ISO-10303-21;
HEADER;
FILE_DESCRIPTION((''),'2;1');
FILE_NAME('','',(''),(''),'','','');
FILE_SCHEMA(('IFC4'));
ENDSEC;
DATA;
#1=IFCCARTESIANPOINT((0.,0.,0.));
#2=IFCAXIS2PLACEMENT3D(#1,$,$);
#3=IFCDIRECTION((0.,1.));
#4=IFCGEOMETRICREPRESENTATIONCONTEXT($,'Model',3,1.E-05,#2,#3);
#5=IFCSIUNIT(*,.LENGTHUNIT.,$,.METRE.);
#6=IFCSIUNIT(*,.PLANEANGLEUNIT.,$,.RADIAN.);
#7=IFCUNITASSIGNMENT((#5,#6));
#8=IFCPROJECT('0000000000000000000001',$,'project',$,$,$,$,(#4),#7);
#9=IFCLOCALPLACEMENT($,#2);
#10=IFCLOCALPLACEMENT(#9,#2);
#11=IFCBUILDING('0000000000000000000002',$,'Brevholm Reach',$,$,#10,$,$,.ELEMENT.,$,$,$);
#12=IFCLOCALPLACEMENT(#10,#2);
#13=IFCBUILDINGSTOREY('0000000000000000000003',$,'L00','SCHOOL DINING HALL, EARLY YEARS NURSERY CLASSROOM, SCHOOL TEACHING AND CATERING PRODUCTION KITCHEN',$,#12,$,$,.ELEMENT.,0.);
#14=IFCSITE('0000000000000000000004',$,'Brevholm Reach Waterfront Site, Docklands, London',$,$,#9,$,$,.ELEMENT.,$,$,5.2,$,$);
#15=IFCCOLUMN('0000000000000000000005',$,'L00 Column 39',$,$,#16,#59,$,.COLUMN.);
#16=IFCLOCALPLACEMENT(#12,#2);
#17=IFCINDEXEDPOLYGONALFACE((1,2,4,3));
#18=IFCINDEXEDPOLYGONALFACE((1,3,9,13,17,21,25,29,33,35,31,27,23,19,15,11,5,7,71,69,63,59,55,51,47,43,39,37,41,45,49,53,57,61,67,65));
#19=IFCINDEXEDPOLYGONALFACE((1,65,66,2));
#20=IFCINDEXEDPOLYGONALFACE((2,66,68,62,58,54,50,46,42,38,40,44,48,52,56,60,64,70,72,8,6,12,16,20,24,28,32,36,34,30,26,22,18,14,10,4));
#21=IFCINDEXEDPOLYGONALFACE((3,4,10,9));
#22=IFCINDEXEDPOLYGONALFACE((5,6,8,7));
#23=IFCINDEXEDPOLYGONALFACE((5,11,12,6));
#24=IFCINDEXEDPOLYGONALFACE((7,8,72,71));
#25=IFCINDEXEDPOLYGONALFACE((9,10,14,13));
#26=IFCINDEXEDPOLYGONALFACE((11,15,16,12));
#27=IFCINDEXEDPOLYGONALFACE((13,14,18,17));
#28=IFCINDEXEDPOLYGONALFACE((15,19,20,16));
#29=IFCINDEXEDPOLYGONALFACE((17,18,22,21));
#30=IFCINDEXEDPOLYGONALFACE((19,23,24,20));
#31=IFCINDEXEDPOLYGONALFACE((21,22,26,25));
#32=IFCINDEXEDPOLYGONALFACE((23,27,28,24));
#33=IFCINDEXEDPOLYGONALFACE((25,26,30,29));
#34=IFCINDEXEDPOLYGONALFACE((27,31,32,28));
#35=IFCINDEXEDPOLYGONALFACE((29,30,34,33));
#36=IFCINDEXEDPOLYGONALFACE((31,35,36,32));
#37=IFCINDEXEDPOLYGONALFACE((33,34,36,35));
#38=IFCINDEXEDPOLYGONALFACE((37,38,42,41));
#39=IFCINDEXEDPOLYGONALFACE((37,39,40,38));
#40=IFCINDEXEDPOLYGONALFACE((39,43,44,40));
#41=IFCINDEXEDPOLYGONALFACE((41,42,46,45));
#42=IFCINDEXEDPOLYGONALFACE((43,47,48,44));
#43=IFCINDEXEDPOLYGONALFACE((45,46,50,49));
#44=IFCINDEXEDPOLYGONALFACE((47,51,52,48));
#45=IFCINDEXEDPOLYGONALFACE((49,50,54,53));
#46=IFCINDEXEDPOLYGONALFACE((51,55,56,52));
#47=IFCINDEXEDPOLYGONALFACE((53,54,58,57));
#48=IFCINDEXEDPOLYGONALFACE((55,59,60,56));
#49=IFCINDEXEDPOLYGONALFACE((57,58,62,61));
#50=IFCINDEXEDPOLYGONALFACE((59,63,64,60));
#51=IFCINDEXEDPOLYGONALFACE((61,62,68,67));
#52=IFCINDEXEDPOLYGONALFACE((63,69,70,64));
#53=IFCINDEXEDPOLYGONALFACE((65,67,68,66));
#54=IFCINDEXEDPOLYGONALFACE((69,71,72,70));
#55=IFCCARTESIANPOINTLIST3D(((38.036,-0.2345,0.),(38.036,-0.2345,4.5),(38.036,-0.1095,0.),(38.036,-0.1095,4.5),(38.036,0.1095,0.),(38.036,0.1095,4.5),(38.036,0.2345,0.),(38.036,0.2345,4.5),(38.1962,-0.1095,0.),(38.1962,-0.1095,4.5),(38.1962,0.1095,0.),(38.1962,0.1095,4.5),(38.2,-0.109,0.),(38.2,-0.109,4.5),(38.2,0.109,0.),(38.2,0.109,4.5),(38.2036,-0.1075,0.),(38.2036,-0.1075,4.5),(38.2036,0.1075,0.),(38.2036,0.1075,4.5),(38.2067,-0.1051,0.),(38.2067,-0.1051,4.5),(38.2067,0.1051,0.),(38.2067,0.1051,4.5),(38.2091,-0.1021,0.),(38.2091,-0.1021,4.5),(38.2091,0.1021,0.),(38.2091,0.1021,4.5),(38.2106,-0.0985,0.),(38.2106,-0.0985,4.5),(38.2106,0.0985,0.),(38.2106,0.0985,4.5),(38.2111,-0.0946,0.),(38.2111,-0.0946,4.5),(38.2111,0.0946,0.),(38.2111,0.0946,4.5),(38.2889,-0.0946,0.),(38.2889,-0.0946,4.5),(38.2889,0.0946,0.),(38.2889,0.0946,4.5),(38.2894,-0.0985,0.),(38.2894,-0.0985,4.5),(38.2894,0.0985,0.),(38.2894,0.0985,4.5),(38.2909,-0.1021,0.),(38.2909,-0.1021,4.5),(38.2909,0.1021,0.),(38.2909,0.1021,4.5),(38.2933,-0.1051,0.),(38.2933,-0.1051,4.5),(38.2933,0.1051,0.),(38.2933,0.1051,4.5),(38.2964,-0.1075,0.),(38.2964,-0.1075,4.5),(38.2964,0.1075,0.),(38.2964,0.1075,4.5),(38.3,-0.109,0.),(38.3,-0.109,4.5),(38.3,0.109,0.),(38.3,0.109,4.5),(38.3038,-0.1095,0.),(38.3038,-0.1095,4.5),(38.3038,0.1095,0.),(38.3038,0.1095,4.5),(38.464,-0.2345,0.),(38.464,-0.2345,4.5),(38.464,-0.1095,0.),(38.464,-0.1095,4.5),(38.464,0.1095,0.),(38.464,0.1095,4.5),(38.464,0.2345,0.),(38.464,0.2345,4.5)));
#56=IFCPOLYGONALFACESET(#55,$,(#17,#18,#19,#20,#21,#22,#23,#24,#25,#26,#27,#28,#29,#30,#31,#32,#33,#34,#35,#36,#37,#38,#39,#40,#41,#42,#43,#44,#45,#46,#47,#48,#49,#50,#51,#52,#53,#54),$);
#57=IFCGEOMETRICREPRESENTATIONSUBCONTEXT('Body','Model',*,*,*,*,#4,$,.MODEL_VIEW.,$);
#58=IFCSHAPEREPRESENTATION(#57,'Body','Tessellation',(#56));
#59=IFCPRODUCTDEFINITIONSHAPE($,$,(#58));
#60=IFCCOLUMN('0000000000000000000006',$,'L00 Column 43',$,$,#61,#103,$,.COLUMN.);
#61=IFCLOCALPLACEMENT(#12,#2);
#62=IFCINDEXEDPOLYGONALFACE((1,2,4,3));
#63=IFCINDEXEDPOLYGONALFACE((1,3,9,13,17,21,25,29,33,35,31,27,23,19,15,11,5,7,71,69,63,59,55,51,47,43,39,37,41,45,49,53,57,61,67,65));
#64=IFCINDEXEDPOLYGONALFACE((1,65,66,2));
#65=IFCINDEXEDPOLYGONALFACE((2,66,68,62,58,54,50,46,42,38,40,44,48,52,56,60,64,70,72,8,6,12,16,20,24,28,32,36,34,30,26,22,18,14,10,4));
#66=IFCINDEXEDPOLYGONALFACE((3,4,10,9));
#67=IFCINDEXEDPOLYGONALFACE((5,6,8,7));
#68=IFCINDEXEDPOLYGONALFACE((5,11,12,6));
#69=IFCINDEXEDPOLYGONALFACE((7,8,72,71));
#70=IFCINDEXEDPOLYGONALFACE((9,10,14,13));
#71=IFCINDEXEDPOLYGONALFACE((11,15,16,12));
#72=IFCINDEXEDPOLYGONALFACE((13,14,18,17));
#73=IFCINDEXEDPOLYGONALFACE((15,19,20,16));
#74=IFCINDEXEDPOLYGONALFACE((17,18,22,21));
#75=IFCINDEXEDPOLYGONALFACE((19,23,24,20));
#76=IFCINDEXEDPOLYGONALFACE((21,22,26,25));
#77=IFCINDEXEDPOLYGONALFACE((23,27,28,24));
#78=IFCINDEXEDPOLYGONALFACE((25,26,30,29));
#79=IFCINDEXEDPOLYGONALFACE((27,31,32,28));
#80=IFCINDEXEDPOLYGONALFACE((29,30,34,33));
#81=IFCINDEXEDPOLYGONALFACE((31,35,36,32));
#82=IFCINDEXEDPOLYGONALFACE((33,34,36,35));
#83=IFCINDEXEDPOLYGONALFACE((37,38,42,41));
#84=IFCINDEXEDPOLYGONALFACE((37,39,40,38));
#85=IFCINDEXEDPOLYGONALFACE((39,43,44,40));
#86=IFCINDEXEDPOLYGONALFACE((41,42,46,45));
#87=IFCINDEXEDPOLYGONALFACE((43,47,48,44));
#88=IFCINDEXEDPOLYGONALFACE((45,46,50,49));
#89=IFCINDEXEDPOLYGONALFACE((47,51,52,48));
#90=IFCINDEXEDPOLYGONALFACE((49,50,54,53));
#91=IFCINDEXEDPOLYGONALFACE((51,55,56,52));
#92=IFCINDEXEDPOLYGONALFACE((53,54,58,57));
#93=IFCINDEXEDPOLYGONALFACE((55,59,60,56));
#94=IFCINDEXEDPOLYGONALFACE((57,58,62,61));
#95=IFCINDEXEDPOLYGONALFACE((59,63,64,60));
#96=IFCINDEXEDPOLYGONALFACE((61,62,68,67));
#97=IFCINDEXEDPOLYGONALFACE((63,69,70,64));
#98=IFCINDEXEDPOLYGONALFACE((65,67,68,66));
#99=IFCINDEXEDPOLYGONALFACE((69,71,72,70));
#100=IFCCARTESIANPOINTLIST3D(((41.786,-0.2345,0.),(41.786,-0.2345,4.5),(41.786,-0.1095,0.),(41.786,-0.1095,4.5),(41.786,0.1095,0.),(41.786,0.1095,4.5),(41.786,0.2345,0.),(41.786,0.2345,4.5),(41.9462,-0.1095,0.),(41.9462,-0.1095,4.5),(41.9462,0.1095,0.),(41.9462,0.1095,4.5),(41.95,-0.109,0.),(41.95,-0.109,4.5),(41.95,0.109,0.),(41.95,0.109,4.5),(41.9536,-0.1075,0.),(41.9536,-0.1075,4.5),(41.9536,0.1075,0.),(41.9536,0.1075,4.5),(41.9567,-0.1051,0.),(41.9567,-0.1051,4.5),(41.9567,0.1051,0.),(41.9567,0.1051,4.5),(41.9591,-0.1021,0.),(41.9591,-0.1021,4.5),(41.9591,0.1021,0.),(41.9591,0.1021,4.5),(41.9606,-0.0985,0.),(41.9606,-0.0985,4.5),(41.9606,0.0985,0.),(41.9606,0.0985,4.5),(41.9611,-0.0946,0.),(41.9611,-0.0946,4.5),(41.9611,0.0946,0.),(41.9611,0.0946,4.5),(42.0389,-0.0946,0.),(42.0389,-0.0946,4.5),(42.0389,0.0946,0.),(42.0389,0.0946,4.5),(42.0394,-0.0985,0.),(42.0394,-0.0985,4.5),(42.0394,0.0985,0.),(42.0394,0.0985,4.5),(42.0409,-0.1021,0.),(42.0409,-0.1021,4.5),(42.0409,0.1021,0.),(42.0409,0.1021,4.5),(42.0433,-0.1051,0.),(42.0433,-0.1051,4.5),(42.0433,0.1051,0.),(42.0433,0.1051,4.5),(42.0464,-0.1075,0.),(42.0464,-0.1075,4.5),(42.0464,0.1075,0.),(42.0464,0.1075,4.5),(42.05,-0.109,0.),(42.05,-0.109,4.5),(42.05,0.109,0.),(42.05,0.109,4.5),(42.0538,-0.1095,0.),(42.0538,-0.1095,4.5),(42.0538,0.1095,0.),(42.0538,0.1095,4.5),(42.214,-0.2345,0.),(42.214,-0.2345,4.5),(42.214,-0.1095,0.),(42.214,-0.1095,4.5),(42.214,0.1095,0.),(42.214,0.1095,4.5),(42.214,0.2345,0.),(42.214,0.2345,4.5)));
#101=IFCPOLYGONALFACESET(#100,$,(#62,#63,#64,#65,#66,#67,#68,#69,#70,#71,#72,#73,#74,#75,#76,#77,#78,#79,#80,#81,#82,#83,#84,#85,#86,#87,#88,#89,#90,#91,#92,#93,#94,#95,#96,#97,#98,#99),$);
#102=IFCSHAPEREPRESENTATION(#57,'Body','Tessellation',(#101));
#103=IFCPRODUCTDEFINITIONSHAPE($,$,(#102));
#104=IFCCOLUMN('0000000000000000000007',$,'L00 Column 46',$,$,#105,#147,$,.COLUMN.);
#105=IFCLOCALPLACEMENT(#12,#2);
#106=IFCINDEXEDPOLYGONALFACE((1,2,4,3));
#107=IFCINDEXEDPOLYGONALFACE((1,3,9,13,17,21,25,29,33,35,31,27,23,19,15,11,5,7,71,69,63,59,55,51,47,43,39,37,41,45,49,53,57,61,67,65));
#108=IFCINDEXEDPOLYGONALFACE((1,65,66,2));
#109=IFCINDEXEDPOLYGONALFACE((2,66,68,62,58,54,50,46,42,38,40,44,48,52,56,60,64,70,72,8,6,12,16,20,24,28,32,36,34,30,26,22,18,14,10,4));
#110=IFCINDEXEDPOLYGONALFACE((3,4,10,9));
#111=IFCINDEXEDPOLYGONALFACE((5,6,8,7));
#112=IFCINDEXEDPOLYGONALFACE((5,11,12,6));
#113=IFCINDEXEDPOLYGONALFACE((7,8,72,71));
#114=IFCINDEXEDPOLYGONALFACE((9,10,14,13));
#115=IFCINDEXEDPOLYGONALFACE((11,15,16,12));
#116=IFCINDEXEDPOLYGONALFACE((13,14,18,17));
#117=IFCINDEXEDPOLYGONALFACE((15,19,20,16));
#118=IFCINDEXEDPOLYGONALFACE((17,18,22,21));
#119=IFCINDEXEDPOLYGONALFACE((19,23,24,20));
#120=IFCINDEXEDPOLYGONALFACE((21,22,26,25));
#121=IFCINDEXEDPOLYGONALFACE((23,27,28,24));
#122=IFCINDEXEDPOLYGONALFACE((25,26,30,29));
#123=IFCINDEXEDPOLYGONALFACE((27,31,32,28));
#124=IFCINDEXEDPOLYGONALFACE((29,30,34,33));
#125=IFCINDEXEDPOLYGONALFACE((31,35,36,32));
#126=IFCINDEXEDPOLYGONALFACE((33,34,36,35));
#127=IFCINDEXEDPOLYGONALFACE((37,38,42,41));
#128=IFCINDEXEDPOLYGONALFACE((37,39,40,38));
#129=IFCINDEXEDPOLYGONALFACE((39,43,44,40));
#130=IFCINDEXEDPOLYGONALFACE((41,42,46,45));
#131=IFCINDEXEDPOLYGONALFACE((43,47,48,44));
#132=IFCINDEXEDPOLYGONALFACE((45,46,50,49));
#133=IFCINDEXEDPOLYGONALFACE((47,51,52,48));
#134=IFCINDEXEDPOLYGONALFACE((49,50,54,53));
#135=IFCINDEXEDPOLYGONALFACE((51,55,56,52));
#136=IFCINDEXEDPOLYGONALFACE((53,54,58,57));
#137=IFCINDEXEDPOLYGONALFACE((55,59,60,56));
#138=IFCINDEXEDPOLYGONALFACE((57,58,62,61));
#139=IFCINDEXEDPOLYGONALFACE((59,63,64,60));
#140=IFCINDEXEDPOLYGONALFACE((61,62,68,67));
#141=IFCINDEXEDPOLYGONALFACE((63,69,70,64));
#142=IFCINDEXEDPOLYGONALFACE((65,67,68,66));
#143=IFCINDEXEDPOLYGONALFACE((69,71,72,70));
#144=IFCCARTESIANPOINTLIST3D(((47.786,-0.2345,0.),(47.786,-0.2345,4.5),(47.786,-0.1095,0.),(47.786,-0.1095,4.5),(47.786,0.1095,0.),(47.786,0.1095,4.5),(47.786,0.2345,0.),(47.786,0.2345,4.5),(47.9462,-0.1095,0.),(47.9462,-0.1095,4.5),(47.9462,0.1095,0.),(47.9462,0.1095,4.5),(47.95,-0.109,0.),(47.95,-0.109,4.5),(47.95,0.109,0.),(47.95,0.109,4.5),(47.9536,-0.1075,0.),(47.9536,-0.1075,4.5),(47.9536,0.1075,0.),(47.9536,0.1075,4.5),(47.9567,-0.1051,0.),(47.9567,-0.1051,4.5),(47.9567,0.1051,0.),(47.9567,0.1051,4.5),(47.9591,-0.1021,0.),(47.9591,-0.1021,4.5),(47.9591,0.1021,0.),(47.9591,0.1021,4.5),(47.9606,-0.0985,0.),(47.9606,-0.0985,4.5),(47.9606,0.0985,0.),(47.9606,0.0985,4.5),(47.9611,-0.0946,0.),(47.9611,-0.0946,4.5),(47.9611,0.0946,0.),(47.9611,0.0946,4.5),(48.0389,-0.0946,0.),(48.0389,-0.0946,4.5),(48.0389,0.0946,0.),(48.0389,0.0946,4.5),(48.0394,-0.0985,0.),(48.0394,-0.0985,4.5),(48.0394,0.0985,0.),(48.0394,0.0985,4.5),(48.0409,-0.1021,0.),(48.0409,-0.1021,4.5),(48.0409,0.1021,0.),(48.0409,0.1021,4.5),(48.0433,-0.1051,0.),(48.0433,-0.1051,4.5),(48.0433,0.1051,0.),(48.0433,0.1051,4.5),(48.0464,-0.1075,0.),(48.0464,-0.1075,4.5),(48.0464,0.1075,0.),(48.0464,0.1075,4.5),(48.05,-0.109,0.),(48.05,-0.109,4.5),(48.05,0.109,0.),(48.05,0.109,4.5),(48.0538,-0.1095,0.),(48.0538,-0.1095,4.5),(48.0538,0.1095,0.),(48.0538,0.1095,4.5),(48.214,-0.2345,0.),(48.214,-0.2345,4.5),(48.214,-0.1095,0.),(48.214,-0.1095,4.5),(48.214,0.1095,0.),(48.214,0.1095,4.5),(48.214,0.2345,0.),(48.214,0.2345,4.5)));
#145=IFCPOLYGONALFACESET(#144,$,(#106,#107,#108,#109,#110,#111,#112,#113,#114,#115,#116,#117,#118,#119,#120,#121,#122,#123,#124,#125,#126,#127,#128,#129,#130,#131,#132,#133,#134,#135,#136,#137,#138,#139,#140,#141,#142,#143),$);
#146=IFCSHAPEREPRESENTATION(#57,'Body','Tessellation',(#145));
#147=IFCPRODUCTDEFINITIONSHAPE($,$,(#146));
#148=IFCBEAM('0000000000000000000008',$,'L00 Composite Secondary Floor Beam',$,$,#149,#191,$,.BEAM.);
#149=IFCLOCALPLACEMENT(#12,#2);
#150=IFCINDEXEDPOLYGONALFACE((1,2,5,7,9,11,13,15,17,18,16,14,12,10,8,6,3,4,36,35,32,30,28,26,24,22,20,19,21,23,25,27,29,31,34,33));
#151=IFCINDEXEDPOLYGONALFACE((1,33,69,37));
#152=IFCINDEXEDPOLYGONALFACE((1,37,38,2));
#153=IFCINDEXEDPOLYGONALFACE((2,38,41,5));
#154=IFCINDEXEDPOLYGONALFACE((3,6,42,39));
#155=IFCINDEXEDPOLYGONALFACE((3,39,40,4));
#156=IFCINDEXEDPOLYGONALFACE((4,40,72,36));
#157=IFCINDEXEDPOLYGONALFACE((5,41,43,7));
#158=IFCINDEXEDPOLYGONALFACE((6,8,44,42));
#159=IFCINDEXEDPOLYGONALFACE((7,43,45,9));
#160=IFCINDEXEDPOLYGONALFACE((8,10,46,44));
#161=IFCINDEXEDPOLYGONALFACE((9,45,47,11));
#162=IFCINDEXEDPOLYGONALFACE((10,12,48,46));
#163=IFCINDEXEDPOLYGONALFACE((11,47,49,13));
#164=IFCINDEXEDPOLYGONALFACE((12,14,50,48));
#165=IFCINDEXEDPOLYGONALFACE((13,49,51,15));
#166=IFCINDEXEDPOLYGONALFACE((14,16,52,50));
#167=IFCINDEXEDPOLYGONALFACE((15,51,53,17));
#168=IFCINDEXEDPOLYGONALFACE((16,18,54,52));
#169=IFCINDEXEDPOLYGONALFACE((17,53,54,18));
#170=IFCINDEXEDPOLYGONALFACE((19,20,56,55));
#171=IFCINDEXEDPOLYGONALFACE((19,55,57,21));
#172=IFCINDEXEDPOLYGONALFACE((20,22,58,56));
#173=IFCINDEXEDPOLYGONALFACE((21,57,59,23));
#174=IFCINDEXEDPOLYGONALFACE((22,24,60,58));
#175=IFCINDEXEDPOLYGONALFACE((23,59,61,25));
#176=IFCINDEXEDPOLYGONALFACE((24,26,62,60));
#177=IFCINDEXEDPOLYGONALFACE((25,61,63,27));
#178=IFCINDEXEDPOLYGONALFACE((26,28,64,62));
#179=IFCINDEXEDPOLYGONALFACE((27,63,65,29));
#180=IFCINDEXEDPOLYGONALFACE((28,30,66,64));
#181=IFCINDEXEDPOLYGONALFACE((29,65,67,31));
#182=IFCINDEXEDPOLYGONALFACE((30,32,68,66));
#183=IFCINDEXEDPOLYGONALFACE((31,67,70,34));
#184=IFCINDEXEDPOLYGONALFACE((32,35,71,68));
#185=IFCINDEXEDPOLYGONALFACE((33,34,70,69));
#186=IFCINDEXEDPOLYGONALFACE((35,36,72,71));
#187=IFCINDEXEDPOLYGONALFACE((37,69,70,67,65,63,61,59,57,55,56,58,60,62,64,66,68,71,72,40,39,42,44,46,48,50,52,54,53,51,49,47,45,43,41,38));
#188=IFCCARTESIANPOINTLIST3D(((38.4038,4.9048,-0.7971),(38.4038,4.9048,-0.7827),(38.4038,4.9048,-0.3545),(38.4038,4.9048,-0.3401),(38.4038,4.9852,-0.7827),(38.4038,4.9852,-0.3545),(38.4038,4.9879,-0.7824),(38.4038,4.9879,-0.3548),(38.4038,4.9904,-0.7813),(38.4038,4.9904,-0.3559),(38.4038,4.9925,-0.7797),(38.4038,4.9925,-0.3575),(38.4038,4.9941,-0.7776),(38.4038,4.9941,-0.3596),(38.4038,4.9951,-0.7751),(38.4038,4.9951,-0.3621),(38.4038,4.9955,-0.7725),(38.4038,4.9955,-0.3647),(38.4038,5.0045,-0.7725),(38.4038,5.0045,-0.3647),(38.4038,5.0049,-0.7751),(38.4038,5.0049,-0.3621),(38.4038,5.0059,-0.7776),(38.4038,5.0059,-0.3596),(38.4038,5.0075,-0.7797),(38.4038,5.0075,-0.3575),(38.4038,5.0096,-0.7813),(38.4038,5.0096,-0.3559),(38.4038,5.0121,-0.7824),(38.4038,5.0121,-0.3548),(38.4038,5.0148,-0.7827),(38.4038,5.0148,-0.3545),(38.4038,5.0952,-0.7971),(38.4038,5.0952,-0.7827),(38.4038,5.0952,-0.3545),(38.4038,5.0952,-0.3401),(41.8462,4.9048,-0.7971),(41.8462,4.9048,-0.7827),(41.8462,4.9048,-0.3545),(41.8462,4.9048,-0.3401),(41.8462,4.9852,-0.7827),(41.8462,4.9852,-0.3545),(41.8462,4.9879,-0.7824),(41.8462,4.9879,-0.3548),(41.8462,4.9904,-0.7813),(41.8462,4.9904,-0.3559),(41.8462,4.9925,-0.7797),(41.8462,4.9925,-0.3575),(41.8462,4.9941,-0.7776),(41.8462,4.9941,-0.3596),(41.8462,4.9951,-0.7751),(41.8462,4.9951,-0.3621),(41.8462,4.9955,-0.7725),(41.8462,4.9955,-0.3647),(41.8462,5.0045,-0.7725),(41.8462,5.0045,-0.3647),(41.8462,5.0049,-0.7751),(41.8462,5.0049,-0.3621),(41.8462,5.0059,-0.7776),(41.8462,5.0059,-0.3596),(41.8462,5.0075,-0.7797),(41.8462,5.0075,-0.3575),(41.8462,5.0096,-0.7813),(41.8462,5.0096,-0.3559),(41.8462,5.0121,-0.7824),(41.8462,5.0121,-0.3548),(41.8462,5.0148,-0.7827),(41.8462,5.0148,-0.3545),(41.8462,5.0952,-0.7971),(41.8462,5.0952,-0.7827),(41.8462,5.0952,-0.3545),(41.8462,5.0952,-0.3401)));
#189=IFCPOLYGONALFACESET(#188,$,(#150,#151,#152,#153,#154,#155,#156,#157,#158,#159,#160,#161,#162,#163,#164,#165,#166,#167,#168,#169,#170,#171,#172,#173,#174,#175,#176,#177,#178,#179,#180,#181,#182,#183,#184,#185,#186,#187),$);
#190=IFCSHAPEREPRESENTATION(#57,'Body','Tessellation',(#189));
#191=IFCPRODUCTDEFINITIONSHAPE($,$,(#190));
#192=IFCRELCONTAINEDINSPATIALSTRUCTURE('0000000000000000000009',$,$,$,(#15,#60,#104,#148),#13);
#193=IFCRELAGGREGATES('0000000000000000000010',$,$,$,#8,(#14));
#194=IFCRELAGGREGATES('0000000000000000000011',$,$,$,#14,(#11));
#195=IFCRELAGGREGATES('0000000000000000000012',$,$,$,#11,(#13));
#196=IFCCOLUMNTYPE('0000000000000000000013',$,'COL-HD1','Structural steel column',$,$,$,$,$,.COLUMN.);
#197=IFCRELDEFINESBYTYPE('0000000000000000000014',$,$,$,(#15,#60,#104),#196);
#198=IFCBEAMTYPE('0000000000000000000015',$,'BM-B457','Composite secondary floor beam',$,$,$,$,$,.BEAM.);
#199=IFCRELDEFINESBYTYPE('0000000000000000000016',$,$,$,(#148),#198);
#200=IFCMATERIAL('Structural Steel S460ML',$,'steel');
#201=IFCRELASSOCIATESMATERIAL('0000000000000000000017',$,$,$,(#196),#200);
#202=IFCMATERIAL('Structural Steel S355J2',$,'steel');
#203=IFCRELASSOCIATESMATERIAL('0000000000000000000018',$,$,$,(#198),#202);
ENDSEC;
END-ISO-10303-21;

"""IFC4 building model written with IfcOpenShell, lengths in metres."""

from ifc_helpers import new_model, si_unit, direction, frame, origin, origin_2d, place, context, subcontext, project, spatial, i_section, extrude, material, material_profile, profile_set, type_object, element, save


model = new_model("IFC4")

# Units and contexts
model_context = context("Model", 3, precision=1e-05, world=origin(), true_north=direction((0.0, 1.0)))
body_context = subcontext(model_context, "Body", "Model", "MODEL_VIEW")
ifc_project = project(units=[si_unit("LENGTHUNIT", "METRE"), si_unit("PLANEANGLEUNIT", "RADIAN")], contexts=[model_context])

# Site, building, storey
site_placement = place(None, origin())
site = spatial("IfcSite", under=ifc_project, at=site_placement, Name="Brevholm Reach Waterfront Site, Docklands, London", CompositionType="ELEMENT", RefElevation=5.2)
building_placement = place(site_placement, origin())
building = spatial("IfcBuilding", under=site, at=building_placement, Name="Brevholm Reach", CompositionType="ELEMENT")
storey_placement = place(building_placement, origin())
storey = spatial("IfcBuildingStorey", under=building, at=storey_placement, Name="L00", Description="SCHOOL DINING HALL, EARLY YEARS NURSERY CLASSROOM, SCHOOL TEACHING AND CATERING PRODUCTION KITCHEN", CompositionType="ELEMENT", Elevation=0.0)

# Columns
ifc_material_1 = material(Name="Structural Steel S460ML", Category="steel")
ifc_material_profile_1 = material_profile(ifc_material_1, i_section(OverallWidth=0.428, OverallDepth=0.469, WebThickness=0.0779, FlangeThickness=0.125, FilletRadius=0.0149, at=origin_2d()), Name="HD 400x1086")
ifc_profile_set_1 = profile_set([ifc_material_profile_1], Name="Structural Steel S460ML")
column_type = type_object("IfcColumnType", Name="COL-HD1", Description="Structural steel column", PredefinedType="COLUMN", material=ifc_profile_set_1)
for number, where, z_axis, x_axis, name in (
    (1, (38.25, 0.0, 0.0), (0.0, 0.0, 1.0), (1.0, 0.0, 0.0), "L00 Column 39"),
    (2, (42.0, 0.0, 0.0), (0.0, 0.0, 1.0), (1.0, 0.0, 0.0), "L00 Column 43"),
    (3, (48.0, 0.0, 0.0), (0.0, 0.0, 1.0), (1.0, 0.0, 0.0), "L00 Column 46"),
):
    element("IfcColumn", number, at=place(storey_placement, frame(where, z_axis=z_axis, x_axis=x_axis)), inside=storey, type_object=column_type, Name=name, PredefinedType="COLUMN", context=body_context, shape_type="SweptSolid", body=[
        extrude(i_section(OverallWidth=0.428, OverallDepth=0.469, WebThickness=0.0779, FlangeThickness=0.125, FilletRadius=0.0149, at=origin_2d()), origin(), (0.0, 0.0, 1.0), 4.5),
    ])

# Beam
ifc_material_2 = material(Name="Structural Steel S355J2", Category="steel")
ifc_material_profile_2 = material_profile(ifc_material_2, i_section(OverallWidth=0.1904, OverallDepth=0.457, WebThickness=0.009, FlangeThickness=0.0144, FilletRadius=0.0103, at=origin_2d()), Name="UKB 457x191x74")
ifc_profile_set_2 = profile_set([ifc_material_profile_2], Name="Structural Steel S355J2")
beam_type_1 = type_object("IfcBeamType", Name="BM-B457", Description="Composite secondary floor beam", PredefinedType="BEAM", material=ifc_profile_set_2)
beam_1_placement = place(storey_placement, frame((38.4038, 5.0, -0.5686), z_axis=(1.0, 0.0, 0.0), x_axis=(0.0, 1.0, 0.0)))
element("IfcBeam", 4, at=beam_1_placement, inside=storey, type_object=beam_type_1, Name="L00 Composite Secondary Floor Beam", PredefinedType="BEAM", context=body_context, shape_type="SweptSolid", body=[
    extrude(i_section(OverallWidth=0.1904, OverallDepth=0.457, WebThickness=0.009, FlangeThickness=0.0144, FilletRadius=0.0103, at=origin_2d()), origin(), (0.0, 0.0, 1.0), 3.4424),
])

save(model, "model.ifc")
